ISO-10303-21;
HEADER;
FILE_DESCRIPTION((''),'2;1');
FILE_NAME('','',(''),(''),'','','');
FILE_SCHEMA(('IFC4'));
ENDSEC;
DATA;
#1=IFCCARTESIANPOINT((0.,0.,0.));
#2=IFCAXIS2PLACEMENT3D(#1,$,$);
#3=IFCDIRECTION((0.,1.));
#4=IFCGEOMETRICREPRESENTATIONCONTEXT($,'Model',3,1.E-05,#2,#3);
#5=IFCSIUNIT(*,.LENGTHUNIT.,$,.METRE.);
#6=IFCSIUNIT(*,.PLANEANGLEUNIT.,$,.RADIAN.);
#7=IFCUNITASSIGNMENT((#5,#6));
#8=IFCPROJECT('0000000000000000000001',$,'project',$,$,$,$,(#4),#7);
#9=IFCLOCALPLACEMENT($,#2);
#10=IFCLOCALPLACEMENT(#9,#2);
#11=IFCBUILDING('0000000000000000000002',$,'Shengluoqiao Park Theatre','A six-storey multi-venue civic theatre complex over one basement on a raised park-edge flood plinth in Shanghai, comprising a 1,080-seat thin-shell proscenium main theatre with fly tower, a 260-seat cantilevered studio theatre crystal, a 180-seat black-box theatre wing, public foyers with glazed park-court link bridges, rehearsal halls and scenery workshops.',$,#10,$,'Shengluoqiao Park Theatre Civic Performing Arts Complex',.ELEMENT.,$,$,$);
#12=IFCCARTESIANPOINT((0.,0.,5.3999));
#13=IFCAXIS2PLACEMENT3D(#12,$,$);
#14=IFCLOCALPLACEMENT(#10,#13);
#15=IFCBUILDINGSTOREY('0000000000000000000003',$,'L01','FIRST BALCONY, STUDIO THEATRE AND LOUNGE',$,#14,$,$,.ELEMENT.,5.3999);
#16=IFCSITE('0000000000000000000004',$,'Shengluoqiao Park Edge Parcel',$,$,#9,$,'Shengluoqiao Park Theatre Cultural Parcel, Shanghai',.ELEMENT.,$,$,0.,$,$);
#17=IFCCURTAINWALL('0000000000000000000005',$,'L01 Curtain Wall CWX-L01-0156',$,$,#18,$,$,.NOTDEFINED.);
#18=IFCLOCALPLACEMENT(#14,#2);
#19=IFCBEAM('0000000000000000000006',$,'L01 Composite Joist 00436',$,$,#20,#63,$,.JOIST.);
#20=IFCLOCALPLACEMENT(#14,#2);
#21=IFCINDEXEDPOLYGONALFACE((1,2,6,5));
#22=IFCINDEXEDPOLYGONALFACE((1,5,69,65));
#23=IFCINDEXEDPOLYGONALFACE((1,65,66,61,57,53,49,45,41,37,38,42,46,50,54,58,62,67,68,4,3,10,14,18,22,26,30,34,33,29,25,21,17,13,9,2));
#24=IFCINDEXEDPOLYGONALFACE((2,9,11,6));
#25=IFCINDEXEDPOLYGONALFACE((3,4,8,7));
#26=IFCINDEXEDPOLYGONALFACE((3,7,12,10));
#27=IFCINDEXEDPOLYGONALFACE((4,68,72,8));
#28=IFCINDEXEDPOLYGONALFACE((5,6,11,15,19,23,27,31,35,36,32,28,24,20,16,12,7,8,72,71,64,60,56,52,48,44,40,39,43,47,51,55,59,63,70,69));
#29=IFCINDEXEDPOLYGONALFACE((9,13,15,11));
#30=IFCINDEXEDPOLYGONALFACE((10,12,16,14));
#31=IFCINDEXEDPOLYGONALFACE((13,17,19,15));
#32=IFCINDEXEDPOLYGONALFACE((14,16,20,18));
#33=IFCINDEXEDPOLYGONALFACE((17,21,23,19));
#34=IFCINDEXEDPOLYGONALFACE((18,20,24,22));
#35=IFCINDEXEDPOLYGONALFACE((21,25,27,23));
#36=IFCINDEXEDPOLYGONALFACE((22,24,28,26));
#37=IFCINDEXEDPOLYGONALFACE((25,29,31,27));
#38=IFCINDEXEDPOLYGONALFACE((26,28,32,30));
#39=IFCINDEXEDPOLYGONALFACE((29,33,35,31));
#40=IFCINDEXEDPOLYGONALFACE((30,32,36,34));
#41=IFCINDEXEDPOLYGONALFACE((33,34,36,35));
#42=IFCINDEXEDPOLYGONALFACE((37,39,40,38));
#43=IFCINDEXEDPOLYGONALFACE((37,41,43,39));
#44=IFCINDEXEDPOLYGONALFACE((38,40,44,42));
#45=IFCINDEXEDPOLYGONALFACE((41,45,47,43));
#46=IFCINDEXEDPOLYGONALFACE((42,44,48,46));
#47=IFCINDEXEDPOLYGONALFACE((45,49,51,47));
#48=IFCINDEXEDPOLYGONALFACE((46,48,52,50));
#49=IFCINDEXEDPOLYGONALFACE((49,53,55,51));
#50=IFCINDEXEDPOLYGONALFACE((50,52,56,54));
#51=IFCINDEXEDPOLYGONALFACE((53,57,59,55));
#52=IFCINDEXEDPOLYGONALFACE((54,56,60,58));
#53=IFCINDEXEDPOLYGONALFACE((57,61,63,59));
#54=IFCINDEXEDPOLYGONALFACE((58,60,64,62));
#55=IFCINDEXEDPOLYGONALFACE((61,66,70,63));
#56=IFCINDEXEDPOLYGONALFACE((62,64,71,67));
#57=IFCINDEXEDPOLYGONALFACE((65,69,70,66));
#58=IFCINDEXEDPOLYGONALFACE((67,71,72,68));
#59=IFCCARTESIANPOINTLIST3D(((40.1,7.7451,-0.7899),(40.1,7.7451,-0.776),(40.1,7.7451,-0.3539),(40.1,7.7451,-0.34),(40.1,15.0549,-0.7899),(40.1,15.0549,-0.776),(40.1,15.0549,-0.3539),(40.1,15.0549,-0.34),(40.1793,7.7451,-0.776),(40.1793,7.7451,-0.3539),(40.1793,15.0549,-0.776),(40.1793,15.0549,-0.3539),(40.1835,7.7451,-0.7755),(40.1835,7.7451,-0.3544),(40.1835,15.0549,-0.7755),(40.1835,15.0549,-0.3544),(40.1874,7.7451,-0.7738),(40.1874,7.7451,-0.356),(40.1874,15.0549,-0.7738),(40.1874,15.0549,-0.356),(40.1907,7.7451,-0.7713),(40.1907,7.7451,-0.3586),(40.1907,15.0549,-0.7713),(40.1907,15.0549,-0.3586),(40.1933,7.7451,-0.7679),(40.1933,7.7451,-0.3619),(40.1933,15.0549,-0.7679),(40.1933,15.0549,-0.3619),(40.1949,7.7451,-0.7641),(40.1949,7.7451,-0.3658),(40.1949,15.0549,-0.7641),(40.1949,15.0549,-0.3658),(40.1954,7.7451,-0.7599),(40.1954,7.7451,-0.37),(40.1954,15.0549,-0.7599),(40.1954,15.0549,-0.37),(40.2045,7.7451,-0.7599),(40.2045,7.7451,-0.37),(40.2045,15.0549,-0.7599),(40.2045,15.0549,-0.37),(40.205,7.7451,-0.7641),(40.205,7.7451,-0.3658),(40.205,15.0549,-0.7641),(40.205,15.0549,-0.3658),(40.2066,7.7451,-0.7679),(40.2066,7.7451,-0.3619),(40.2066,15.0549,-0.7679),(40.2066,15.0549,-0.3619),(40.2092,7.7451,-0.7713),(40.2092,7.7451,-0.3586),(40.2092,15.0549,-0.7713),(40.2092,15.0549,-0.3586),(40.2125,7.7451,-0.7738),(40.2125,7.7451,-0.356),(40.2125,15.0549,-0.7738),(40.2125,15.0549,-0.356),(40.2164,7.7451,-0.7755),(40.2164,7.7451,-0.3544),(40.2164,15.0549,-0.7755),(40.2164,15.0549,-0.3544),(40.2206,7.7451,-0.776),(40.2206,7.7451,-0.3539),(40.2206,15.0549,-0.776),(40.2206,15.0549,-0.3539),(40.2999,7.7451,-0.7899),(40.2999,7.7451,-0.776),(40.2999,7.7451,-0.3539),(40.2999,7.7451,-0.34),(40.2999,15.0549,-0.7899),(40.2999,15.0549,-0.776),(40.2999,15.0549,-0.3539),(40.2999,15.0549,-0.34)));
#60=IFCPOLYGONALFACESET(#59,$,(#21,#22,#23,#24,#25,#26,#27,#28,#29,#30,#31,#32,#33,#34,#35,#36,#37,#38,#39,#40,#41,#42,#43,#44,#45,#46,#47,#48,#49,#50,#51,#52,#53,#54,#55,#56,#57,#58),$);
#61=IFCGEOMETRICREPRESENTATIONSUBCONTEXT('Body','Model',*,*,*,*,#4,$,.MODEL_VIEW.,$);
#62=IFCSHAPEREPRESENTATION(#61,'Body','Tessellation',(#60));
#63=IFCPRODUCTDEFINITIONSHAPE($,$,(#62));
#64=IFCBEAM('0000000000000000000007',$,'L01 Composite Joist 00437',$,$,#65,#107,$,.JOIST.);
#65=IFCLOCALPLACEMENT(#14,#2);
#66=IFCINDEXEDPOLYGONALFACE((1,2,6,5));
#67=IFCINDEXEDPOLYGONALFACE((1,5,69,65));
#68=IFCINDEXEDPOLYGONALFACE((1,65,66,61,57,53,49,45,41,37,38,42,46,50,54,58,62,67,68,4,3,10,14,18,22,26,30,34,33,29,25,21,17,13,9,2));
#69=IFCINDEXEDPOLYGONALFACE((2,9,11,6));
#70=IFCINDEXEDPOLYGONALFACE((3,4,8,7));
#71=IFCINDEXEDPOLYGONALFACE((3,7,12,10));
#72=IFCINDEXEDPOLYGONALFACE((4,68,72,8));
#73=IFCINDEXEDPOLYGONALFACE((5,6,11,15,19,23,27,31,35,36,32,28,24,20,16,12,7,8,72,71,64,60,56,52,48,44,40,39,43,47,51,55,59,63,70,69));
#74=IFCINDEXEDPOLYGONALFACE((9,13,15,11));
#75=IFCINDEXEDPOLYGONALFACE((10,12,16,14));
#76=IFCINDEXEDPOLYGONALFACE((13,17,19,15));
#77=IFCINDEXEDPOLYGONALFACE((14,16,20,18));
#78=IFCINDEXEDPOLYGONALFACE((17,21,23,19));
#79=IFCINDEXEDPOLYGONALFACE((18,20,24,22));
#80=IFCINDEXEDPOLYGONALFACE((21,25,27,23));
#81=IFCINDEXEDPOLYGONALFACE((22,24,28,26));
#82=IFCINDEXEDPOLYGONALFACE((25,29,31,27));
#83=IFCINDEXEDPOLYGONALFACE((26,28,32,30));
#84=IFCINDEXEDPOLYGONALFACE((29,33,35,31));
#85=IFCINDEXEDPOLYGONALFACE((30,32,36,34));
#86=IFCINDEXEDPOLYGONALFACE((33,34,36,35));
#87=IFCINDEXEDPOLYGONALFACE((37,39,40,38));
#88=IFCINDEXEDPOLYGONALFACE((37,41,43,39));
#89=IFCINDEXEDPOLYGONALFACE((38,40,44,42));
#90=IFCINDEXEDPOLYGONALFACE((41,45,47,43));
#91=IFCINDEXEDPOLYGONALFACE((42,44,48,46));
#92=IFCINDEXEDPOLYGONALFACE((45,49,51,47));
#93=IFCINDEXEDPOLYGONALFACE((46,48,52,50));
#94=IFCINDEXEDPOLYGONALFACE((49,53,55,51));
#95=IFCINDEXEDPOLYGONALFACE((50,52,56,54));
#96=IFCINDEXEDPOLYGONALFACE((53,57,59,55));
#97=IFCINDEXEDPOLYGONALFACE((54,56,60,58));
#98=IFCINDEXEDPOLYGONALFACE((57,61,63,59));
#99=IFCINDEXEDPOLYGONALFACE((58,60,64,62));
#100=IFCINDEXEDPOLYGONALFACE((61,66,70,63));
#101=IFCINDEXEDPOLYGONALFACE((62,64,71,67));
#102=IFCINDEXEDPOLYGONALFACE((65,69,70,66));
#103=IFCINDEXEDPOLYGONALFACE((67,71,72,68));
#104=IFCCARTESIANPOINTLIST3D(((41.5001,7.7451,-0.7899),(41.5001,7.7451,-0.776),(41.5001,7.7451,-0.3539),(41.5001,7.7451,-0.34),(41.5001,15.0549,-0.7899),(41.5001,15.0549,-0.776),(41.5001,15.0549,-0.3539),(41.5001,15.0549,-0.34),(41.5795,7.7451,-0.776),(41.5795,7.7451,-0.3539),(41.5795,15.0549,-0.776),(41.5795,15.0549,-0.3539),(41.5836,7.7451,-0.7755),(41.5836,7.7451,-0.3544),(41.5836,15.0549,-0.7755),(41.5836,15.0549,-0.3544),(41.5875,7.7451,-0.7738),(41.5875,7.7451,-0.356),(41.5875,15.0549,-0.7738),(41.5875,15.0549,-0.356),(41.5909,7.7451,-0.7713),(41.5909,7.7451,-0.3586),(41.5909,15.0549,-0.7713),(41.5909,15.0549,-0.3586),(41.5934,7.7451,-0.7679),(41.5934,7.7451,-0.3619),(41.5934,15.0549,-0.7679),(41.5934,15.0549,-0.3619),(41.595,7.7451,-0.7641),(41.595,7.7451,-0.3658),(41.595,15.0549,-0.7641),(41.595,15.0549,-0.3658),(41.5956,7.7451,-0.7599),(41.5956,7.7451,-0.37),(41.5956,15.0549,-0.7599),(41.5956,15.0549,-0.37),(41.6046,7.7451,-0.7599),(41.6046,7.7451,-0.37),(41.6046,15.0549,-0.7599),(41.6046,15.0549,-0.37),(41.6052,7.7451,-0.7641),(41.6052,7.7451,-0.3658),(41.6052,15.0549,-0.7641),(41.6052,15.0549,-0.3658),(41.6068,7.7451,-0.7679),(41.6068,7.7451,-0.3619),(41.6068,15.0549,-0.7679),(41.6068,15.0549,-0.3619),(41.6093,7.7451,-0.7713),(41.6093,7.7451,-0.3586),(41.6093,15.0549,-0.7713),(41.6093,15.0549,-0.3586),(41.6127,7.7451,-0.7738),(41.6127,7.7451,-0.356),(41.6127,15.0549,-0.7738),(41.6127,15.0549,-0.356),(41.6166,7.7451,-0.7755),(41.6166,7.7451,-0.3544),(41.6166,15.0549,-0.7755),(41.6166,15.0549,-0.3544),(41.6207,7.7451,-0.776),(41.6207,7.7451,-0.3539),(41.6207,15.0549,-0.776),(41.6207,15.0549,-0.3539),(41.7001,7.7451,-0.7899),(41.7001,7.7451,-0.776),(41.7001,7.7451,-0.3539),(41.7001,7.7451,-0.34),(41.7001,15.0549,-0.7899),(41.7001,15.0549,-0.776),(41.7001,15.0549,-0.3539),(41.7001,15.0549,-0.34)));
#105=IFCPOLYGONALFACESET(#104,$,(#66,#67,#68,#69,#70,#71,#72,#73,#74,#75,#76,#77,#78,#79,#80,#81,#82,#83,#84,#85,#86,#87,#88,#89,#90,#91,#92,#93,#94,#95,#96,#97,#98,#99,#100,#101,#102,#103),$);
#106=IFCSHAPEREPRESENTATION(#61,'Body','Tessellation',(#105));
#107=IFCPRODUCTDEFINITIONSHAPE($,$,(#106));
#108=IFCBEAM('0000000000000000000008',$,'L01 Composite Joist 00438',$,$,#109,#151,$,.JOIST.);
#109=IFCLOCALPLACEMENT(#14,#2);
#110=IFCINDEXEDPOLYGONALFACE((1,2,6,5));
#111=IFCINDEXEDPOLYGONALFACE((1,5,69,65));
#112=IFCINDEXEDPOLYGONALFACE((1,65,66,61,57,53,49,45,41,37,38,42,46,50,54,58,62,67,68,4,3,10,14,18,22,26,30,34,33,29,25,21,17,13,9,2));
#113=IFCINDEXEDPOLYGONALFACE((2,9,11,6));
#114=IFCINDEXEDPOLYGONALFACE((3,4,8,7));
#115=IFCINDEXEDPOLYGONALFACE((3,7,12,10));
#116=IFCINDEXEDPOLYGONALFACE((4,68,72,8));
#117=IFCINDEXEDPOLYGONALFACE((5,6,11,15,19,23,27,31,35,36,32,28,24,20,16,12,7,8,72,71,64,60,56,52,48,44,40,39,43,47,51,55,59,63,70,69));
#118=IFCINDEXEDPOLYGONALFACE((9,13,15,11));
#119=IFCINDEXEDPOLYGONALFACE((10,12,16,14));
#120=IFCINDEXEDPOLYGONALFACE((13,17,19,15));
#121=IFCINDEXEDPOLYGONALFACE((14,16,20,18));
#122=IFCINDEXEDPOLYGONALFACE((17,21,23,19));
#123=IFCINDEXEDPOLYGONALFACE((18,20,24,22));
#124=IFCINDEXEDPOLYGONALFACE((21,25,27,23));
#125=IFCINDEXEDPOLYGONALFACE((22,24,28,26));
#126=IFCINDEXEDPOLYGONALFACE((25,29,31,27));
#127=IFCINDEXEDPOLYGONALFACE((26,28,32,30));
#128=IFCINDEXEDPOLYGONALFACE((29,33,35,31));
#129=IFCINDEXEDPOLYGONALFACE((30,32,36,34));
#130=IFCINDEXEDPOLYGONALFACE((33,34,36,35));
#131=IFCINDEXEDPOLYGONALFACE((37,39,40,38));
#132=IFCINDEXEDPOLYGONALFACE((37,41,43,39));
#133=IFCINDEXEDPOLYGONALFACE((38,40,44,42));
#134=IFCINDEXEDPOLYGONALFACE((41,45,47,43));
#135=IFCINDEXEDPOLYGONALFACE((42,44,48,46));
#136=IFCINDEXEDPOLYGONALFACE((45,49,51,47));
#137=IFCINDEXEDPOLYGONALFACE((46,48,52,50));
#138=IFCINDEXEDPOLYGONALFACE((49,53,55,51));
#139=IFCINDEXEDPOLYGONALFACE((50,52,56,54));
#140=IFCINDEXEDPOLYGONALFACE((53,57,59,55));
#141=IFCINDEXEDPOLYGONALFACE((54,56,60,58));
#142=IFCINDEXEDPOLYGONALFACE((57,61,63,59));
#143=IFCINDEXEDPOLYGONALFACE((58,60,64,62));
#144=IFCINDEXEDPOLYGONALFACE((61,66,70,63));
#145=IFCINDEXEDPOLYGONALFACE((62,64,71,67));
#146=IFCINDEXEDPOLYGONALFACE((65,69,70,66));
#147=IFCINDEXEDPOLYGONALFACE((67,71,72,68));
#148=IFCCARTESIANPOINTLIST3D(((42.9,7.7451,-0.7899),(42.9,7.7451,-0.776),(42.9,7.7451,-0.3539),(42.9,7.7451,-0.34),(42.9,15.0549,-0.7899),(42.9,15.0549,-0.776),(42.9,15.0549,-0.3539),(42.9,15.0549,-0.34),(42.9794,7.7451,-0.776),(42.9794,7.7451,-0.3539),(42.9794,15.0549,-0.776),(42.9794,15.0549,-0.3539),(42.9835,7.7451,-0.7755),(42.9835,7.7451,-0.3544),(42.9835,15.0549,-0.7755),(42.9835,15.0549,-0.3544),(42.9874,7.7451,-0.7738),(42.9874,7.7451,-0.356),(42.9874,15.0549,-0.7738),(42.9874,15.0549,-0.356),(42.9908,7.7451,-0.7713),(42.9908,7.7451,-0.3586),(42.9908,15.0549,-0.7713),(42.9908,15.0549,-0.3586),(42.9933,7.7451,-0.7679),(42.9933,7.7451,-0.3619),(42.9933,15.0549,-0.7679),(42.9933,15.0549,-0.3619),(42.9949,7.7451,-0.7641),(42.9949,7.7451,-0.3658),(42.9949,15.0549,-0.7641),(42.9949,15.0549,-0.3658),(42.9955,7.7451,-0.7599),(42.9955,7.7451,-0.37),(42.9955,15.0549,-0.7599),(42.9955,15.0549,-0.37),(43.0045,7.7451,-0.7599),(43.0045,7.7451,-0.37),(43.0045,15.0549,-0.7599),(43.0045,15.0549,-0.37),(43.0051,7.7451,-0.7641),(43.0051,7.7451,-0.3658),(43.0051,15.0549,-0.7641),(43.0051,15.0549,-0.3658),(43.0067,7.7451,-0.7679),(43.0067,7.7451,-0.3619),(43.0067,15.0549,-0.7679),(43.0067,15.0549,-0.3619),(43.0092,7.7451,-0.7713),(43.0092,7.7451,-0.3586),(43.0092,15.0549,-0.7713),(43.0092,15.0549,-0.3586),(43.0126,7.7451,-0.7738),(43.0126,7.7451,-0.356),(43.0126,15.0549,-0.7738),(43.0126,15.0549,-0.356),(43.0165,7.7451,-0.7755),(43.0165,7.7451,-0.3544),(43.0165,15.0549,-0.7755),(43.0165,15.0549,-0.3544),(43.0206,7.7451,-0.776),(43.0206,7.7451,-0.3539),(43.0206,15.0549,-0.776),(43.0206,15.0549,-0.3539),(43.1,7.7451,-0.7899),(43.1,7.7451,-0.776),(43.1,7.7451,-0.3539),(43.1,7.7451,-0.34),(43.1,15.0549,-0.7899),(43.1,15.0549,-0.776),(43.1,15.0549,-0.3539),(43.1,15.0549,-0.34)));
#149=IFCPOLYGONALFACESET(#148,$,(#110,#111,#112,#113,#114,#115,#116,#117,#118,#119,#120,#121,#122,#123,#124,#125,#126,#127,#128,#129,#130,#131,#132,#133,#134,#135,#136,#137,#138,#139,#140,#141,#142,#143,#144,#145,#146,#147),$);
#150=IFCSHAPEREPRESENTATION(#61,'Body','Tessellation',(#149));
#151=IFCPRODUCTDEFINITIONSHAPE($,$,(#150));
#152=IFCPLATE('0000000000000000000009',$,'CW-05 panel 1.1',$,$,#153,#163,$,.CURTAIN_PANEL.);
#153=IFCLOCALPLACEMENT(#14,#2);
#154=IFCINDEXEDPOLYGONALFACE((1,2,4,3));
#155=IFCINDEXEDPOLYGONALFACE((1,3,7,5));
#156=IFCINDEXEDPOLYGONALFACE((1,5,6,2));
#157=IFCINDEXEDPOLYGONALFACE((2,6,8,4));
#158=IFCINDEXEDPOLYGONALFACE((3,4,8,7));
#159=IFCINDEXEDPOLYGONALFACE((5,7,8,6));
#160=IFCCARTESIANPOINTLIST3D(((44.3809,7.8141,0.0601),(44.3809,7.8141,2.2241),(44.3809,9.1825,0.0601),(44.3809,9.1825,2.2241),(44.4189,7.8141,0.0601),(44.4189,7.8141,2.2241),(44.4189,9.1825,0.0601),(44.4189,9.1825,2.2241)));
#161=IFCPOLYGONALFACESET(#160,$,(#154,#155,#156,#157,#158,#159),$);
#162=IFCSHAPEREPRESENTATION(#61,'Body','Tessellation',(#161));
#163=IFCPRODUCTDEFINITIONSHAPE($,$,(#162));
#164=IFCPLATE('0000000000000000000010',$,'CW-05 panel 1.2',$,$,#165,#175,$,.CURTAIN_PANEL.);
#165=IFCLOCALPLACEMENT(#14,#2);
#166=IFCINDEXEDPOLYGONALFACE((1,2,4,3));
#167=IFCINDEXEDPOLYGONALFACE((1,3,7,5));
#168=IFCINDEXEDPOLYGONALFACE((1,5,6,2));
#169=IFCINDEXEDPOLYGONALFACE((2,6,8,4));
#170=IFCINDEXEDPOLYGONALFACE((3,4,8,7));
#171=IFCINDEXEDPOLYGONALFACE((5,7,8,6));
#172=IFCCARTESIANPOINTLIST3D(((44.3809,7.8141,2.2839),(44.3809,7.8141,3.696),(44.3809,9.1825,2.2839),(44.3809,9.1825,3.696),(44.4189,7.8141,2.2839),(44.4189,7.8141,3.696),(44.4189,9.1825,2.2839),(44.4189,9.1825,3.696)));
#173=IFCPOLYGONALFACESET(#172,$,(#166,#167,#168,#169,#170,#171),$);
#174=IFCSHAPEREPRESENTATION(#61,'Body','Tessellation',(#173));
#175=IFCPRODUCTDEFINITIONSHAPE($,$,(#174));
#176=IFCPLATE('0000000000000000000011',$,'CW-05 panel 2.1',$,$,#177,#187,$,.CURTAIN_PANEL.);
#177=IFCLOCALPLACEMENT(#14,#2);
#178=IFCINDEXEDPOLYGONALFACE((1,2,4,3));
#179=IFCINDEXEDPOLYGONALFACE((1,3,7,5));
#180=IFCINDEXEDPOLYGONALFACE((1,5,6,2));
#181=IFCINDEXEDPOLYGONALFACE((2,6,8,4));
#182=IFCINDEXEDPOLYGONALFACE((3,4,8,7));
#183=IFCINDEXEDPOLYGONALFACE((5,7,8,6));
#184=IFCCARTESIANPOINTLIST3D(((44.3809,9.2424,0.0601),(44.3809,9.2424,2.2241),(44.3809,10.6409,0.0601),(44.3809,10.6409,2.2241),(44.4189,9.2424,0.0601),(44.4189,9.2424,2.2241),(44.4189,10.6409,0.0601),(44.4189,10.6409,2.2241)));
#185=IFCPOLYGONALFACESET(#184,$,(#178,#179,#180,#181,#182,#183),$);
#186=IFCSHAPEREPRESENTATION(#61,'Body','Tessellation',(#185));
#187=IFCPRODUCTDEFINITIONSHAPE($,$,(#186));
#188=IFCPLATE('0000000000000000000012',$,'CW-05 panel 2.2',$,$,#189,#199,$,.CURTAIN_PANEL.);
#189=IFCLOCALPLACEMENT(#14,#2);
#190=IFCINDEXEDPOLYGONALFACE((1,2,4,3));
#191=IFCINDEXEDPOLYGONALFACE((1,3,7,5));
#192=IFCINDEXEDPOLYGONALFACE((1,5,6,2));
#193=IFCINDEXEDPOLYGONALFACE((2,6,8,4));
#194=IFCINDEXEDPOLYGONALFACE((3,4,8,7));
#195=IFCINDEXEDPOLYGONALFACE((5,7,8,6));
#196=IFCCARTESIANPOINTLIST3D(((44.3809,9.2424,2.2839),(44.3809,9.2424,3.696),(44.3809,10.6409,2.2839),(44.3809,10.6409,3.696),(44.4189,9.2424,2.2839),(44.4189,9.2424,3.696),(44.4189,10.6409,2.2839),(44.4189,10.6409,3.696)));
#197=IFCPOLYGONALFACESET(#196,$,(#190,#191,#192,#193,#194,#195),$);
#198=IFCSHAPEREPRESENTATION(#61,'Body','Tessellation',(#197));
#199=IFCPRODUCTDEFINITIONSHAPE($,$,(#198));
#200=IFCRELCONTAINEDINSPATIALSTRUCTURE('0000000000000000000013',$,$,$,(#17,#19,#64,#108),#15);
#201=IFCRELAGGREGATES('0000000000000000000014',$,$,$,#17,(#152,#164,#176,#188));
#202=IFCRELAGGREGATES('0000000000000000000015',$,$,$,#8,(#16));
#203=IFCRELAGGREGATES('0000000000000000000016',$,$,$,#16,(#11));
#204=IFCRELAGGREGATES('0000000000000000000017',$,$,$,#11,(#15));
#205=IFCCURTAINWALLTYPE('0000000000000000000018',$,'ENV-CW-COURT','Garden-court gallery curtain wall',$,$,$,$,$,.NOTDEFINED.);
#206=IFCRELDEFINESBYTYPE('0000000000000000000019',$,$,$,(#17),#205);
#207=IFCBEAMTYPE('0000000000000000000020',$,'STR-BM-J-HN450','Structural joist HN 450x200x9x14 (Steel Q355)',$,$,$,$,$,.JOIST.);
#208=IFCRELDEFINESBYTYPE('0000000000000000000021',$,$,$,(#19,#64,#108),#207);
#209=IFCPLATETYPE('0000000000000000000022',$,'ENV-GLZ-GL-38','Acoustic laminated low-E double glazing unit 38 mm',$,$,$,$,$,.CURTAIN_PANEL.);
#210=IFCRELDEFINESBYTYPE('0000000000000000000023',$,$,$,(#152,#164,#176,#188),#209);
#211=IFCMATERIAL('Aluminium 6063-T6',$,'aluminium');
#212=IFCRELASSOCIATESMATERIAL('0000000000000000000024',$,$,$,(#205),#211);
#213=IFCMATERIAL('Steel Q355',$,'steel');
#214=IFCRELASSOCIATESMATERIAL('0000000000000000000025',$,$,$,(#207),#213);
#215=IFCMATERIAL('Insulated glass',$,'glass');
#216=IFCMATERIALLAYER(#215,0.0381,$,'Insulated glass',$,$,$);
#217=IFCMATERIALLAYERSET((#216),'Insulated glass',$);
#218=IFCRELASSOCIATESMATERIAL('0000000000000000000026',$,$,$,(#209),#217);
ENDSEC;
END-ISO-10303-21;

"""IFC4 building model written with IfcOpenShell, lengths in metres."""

from ifc_helpers import new_model, si_unit, direction, frame, origin, origin_2d, place, context, subcontext, project, spatial, rectangle, i_section, extrude, material, layer, layer_set, material_profile, profile_set, type_object, element, aggregate, save


model = new_model("IFC4")

# Units and contexts
model_context = context("Model", 3, precision=1e-05, world=origin(), true_north=direction((0.0, 1.0)))
body_context = subcontext(model_context, "Body", "Model", "MODEL_VIEW")
ifc_project = project(units=[si_unit("LENGTHUNIT", "METRE"), si_unit("PLANEANGLEUNIT", "RADIAN")], contexts=[model_context])

# Site, building, storey
site_placement = place(None, origin())
site = spatial("IfcSite", under=ifc_project, at=site_placement, Name="Shengluoqiao Park Edge Parcel", LongName="Shengluoqiao Park Theatre Cultural Parcel, Shanghai", CompositionType="ELEMENT", RefElevation=0.0)
building_placement = place(site_placement, origin())
building = spatial("IfcBuilding", under=site, at=building_placement, Name="Shengluoqiao Park Theatre", Description="A six-storey multi-venue civic theatre complex over one basement on a raised park-edge flood plinth in Shanghai, comprising a 1,080-seat thin-shell proscenium main theatre with fly tower, a 260-seat cantilevered studio theatre crystal, a 180-seat black-box theatre wing, public foyers with glazed park-court link bridges, rehearsal halls and scenery workshops.", LongName="Shengluoqiao Park Theatre Civic Performing Arts Complex", CompositionType="ELEMENT")
storey_placement = place(building_placement, frame((0.0, 0.0, 5.3999)))
storey = spatial("IfcBuildingStorey", under=building, at=storey_placement, Name="L01", Description="FIRST BALCONY, STUDIO THEATRE AND LOUNGE", CompositionType="ELEMENT", Elevation=5.3999)

# Shared definitions
ifc_material_1 = material(Name="Steel Q355", Category="steel")

# Curtain wall
ifc_material_2 = material(Name="Aluminium 6063-T6", Category="aluminium")
curtain_wall_type = type_object("IfcCurtainWallType", Name="ENV-CW-COURT", Description="Garden-court gallery curtain wall", PredefinedType="NOTDEFINED", material=ifc_material_2)
curtain_wall_placement = place(storey_placement, origin())
curtain_wall = element("IfcCurtainWall", 1, at=curtain_wall_placement, inside=storey, type_object=curtain_wall_type, Name="L01 Curtain Wall CWX-L01-0156", PredefinedType="NOTDEFINED")

# Beams
ifc_material_profile_1 = material_profile(ifc_material_1, i_section(OverallWidth=0.2, OverallDepth=0.45, WebThickness=0.009, FlangeThickness=0.0139, FilletRadius=0.0161, at=origin_2d()), Name="HN 450x200x9x14")
ifc_profile_set_1 = profile_set([ifc_material_profile_1], Name="Steel Q355")
beam_type_1 = type_object("IfcBeamType", Name="STR-BM-J-HN450", Description="Structural joist HN 450x200x9x14 (Steel Q355)", PredefinedType="JOIST", material=ifc_profile_set_1)
for number, where, z_axis, x_axis, name in (
    (2, (40.2, 7.7451, -0.5649), (0.0, 1.0, 0.0), (-1.0, 0.0, 0.0), "L01 Composite Joist 00436"),
    (3, (41.6001, 7.7451, -0.5649), (0.0, 1.0, 0.0), (-1.0, 0.0, 0.0), "L01 Composite Joist 00437"),
    (4, (43.0, 7.7451, -0.5649), (0.0, 1.0, 0.0), (-1.0, 0.0, 0.0), "L01 Composite Joist 00438"),
):
    element("IfcBeam", number, at=place(storey_placement, frame(where, z_axis=z_axis, x_axis=x_axis)), inside=storey, type_object=beam_type_1, Name=name, PredefinedType="JOIST", context=body_context, shape_type="SweptSolid", body=[
        extrude(i_section(OverallWidth=0.2, OverallDepth=0.45, WebThickness=0.009, FlangeThickness=0.0139, FilletRadius=0.0161, at=origin_2d()), origin(), (0.0, 0.0, 1.0), 7.3098),
    ])

# Plates
ifc_material_3 = material(Name="Insulated glass", Category="glass")
ifc_layer = layer(ifc_material_3, 0.0381, Name="Insulated glass")
ifc_layer_set = layer_set([ifc_layer], Name="Insulated glass")
plate_type = type_object("IfcPlateType", Name="ENV-GLZ-GL-38", Description="Acoustic laminated low-E double glazing unit 38 mm", PredefinedType="CURTAIN_PANEL", material=ifc_layer_set)
plate_1_placement = place(storey_placement, frame((44.3999, 8.4983, 0.0601), z_axis=(0.0, 0.0, 1.0), x_axis=(0.0, 1.0, 0.0)))
plate_1 = element("IfcPlate", 5, at=plate_1_placement, type_object=plate_type, Name="CW-05 panel 1.1", PredefinedType="CURTAIN_PANEL", context=body_context, shape_type="SweptSolid", body=[
    extrude(rectangle(XDim=1.3684, YDim=0.0381, at=origin_2d()), origin(), (0.0, 0.0, 1.0), 2.1641),
])
plate_2_placement = place(storey_placement, frame((44.3999, 8.4983, 2.2839), z_axis=(0.0, 0.0, 1.0), x_axis=(0.0, 1.0, 0.0)))
plate_2 = element("IfcPlate", 6, at=plate_2_placement, type_object=plate_type, Name="CW-05 panel 1.2", PredefinedType="CURTAIN_PANEL", context=body_context, shape_type="SweptSolid", body=[
    extrude(rectangle(XDim=1.3684, YDim=0.0381, at=origin_2d()), origin(), (0.0, 0.0, 1.0), 1.4121),
])
plate_3_placement = place(storey_placement, frame((44.3999, 9.9417, 0.0601), z_axis=(0.0, 0.0, 1.0), x_axis=(0.0, 1.0, 0.0)))
plate_3 = element("IfcPlate", 7, at=plate_3_placement, type_object=plate_type, Name="CW-05 panel 2.1", PredefinedType="CURTAIN_PANEL", context=body_context, shape_type="SweptSolid", body=[
    extrude(rectangle(XDim=1.3984, YDim=0.0381, at=origin_2d()), origin(), (0.0, 0.0, 1.0), 2.1641),
])
plate_4_placement = place(storey_placement, frame((44.3999, 9.9417, 2.2839), z_axis=(0.0, 0.0, 1.0), x_axis=(0.0, 1.0, 0.0)))
plate_4 = element("IfcPlate", 8, at=plate_4_placement, type_object=plate_type, Name="CW-05 panel 2.2", PredefinedType="CURTAIN_PANEL", context=body_context, shape_type="SweptSolid", body=[
    extrude(rectangle(XDim=1.3984, YDim=0.0381, at=origin_2d()), origin(), (0.0, 0.0, 1.0), 1.4121),
])
aggregate(curtain_wall, [plate_1, plate_2, plate_3, plate_4])

save(model, "model.ifc")
